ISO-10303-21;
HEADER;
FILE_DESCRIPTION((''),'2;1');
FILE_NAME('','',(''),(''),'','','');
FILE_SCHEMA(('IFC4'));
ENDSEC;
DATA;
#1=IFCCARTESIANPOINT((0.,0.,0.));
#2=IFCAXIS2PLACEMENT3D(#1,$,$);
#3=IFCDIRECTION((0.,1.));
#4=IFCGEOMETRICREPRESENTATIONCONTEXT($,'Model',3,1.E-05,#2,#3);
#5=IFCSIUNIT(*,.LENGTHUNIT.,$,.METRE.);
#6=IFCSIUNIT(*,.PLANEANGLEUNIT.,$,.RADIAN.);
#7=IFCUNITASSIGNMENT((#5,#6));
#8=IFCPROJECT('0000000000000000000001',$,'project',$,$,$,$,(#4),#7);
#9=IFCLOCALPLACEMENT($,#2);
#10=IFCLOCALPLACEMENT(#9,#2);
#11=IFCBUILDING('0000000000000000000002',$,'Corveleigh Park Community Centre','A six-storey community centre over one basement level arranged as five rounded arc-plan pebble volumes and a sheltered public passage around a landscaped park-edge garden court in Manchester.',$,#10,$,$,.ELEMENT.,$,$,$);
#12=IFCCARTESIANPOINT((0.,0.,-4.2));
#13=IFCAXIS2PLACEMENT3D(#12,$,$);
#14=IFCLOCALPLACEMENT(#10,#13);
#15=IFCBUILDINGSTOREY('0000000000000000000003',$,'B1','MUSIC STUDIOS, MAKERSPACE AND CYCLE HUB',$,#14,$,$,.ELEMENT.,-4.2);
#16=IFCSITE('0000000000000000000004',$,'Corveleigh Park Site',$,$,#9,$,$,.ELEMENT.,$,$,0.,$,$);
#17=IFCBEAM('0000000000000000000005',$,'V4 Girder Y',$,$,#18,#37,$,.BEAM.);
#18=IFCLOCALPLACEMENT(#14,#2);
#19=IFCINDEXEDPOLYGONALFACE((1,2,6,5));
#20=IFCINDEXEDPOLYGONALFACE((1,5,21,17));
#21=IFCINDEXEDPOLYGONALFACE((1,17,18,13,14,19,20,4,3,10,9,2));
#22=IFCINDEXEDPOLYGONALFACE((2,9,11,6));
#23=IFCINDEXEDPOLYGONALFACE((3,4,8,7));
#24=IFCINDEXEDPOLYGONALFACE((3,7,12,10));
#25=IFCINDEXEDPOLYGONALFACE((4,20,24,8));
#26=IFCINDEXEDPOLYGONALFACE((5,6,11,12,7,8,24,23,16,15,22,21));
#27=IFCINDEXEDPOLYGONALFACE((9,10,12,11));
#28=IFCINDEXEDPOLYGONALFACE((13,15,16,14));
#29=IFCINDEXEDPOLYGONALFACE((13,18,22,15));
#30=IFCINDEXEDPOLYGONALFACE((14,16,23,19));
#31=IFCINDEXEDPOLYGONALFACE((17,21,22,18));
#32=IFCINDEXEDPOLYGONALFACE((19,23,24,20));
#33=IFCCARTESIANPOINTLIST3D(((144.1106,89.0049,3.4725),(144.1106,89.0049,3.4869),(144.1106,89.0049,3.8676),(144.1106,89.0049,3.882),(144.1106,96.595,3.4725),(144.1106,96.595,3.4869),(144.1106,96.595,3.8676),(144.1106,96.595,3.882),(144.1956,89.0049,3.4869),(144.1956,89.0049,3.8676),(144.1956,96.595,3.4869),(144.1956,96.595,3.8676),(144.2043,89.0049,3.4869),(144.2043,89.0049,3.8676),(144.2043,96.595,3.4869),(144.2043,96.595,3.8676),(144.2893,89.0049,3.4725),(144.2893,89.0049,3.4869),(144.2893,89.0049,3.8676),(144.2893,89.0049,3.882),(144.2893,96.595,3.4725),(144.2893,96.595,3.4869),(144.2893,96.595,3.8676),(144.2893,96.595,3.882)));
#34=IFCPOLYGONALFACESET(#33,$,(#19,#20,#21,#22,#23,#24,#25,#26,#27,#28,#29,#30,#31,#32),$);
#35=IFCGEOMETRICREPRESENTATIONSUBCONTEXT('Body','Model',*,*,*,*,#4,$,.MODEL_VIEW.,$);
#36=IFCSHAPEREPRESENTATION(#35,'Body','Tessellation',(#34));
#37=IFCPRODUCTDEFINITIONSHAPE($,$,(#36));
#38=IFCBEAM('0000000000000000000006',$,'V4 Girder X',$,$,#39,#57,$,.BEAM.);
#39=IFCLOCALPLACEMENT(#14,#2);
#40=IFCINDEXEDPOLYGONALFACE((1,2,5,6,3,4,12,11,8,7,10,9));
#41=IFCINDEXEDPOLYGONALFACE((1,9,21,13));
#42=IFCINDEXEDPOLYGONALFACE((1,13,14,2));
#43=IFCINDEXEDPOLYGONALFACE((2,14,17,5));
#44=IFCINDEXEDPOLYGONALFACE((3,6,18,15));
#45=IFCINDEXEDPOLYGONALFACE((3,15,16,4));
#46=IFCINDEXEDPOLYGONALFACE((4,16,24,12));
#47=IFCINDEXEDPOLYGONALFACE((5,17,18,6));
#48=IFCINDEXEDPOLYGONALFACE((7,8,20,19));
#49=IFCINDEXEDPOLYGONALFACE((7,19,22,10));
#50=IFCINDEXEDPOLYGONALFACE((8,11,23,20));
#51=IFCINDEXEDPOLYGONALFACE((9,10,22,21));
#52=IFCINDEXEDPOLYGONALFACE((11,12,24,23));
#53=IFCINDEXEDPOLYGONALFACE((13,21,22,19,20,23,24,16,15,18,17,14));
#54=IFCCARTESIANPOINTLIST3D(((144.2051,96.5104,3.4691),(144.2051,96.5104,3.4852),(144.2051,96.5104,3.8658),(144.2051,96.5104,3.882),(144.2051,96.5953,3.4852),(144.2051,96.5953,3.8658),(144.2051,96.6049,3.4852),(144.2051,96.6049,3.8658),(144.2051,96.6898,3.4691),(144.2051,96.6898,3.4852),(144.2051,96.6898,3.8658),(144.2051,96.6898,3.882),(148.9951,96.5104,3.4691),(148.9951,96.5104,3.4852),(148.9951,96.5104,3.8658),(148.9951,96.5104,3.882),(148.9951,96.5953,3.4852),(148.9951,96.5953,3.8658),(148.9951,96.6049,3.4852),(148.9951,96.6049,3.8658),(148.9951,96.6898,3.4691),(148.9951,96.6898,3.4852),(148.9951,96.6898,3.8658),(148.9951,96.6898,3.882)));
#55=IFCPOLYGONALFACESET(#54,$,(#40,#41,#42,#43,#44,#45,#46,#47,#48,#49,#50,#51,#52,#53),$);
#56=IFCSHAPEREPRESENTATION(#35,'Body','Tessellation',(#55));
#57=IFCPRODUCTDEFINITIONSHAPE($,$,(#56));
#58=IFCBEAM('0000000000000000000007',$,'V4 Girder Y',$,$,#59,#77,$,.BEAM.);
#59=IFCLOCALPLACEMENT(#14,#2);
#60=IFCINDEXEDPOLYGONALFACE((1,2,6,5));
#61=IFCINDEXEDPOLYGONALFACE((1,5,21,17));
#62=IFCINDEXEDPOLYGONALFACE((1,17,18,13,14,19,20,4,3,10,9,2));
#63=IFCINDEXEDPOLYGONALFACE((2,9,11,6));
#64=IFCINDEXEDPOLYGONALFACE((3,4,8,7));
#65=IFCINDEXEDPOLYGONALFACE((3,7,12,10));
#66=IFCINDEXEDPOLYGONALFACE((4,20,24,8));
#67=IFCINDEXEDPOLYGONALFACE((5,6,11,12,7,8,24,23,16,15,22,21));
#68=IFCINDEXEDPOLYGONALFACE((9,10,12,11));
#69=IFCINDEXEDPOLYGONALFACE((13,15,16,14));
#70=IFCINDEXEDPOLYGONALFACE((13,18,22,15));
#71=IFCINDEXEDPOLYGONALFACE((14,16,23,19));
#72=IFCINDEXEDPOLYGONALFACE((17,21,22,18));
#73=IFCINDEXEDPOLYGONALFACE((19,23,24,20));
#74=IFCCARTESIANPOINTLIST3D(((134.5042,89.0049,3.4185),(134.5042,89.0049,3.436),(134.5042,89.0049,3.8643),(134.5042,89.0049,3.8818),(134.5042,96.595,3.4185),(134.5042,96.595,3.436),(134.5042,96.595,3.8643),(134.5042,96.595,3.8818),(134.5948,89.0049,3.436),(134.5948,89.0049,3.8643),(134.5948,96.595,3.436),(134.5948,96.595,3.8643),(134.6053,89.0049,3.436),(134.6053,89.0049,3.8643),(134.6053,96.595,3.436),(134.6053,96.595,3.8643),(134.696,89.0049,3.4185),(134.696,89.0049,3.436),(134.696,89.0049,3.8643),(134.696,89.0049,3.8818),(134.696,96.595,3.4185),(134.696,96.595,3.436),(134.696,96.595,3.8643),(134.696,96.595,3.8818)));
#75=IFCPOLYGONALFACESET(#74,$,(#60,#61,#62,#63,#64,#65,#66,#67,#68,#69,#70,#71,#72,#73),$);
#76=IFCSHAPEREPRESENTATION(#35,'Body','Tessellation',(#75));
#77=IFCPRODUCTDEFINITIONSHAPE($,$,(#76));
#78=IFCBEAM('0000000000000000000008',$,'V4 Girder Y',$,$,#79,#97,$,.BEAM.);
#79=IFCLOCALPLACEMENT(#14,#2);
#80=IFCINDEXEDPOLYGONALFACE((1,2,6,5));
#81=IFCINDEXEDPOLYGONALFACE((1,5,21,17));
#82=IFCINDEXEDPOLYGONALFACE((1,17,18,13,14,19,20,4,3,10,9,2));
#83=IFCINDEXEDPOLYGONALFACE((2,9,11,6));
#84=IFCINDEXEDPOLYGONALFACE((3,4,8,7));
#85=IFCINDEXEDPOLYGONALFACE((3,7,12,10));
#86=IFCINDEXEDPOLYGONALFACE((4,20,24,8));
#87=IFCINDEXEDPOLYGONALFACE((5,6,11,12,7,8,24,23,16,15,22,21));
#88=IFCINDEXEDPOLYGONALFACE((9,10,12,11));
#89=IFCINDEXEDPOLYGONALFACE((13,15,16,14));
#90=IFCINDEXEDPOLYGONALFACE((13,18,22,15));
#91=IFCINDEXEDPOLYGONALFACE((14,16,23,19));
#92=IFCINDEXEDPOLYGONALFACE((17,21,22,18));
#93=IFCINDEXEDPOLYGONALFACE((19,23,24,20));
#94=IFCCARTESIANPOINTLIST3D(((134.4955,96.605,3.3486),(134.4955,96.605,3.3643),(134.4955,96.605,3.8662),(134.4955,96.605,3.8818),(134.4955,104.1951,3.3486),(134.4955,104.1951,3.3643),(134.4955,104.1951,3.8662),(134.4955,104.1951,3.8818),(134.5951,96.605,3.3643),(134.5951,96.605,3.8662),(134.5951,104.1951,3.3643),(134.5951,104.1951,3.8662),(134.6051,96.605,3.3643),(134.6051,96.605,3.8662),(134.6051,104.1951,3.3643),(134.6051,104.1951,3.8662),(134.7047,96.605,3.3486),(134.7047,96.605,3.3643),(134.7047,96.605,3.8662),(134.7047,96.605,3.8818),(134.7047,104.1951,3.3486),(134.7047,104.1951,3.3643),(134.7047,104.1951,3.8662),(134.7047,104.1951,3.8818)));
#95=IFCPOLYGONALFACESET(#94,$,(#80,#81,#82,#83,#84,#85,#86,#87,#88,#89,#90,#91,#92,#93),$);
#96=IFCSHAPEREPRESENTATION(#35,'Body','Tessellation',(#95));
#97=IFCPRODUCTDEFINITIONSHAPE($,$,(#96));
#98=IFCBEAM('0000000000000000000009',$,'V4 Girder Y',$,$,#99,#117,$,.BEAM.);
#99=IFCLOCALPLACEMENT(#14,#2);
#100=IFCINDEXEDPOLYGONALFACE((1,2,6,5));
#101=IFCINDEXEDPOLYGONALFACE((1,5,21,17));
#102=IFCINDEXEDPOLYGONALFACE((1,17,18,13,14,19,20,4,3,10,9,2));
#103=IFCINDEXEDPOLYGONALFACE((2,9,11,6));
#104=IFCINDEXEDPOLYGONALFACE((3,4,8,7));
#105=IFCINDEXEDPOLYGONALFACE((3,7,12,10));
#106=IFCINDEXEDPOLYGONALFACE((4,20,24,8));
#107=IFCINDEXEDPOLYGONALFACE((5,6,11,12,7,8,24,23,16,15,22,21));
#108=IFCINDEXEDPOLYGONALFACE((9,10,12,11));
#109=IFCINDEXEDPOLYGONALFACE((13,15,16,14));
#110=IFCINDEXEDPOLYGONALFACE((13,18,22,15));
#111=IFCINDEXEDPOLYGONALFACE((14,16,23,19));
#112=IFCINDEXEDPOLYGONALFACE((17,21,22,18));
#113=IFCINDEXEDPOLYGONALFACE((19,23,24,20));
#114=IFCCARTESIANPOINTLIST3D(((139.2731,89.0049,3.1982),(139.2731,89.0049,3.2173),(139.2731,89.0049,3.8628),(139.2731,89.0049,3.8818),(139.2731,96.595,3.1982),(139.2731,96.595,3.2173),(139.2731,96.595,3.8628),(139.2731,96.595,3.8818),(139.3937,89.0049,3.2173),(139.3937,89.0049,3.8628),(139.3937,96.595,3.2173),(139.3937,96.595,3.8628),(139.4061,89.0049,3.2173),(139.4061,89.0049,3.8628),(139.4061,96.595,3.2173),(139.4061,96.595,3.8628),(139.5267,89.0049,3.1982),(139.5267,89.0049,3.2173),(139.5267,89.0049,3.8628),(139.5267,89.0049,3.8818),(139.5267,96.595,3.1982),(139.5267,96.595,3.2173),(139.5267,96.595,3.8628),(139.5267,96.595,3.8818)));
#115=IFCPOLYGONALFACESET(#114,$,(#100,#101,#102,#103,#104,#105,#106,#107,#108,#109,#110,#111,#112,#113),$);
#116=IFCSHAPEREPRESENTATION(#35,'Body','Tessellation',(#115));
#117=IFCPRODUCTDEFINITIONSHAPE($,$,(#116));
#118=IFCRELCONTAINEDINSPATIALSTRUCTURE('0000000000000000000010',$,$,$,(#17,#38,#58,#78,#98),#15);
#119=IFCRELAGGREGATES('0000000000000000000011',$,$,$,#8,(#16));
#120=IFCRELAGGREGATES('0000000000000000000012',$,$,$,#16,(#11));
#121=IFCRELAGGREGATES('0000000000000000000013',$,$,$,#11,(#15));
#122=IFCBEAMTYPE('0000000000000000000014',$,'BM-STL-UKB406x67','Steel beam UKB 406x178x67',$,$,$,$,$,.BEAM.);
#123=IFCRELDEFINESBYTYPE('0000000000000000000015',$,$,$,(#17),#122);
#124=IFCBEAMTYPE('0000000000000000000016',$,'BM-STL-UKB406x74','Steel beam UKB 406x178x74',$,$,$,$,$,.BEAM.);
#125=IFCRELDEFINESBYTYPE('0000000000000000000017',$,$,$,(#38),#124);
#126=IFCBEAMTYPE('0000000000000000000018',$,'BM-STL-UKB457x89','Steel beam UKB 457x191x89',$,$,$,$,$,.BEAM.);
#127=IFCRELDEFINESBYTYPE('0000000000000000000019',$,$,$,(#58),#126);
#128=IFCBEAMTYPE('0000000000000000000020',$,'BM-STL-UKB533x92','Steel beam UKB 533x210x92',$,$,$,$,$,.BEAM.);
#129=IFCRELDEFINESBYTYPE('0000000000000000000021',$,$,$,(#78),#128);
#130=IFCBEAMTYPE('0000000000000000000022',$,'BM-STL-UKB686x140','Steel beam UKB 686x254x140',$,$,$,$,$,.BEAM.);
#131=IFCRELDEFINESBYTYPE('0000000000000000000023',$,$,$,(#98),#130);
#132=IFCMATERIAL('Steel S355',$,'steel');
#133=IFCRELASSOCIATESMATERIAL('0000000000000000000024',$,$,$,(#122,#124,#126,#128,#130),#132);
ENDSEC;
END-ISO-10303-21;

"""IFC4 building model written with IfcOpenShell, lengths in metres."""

from ifc_helpers import new_model, si_unit, direction, frame, origin, origin_2d, place, context, subcontext, project, spatial, i_section, extrude, material, material_profile, profile_set, type_object, element, save


model = new_model("IFC4")

# Units and contexts
model_context = context("Model", 3, precision=1e-05, world=origin(), true_north=direction((0.0, 1.0)))
body_context = subcontext(model_context, "Body", "Model", "MODEL_VIEW")
ifc_project = project(units=[si_unit("LENGTHUNIT", "METRE"), si_unit("PLANEANGLEUNIT", "RADIAN")], contexts=[model_context])

# Site, building, storey
site_placement = place(None, origin())
site = spatial("IfcSite", under=ifc_project, at=site_placement, Name="Corveleigh Park Site", CompositionType="ELEMENT", RefElevation=0.0)
building_placement = place(site_placement, origin())
building = spatial("IfcBuilding", under=site, at=building_placement, Name="Corveleigh Park Community Centre", Description="A six-storey community centre over one basement level arranged as five rounded arc-plan pebble volumes and a sheltered public passage around a landscaped park-edge garden court in Manchester.", CompositionType="ELEMENT")
storey_placement = place(building_placement, frame((0.0, 0.0, -4.2)))
storey = spatial("IfcBuildingStorey", under=building, at=storey_placement, Name="B1", Description="MUSIC STUDIOS, MAKERSPACE AND CYCLE HUB", CompositionType="ELEMENT", Elevation=-4.2)

# Shared definitions
ifc_material_1 = material(Name="Steel S355", Category="steel")

# Beams
ifc_material_profile_1 = material_profile(ifc_material_1, i_section(OverallWidth=0.1787, OverallDepth=0.4094, WebThickness=0.0088, FlangeThickness=0.0144, at=origin_2d()), Name="UKB 406x178x67", Category="steel")
ifc_profile_set_1 = profile_set([ifc_material_profile_1], Name="Steel S355")
beam_type_1 = type_object("IfcBeamType", Name="BM-STL-UKB406x67", Description="Steel beam UKB 406x178x67", PredefinedType="BEAM", material=ifc_profile_set_1)
beam_1_placement = place(storey_placement, frame((144.2, 89.0049, 3.6772), z_axis=(0.0, 1.0, 0.0), x_axis=(-1.0, 0.0, 0.0)))
element("IfcBeam", 1, at=beam_1_placement, inside=storey, type_object=beam_type_1, Name="V4 Girder Y", PredefinedType="BEAM", context=body_context, shape_type="SweptSolid", body=[
    extrude(i_section(OverallWidth=0.1787, OverallDepth=0.4094, WebThickness=0.0088, FlangeThickness=0.0144, at=origin_2d()), origin(), (0.0, 0.0, 1.0), 7.5901),
])
ifc_material_profile_2 = material_profile(ifc_material_1, i_section(OverallWidth=0.1794, OverallDepth=0.4128, WebThickness=0.0095, FlangeThickness=0.0161, at=origin_2d()), Name="UKB 406x178x74", Category="steel")
ifc_profile_set_2 = profile_set([ifc_material_profile_2], Name="Steel S355")
beam_type_2 = type_object("IfcBeamType", Name="BM-STL-UKB406x74", Description="Steel beam UKB 406x178x74", PredefinedType="BEAM", material=ifc_profile_set_2)
beam_2_placement = place(storey_placement, frame((144.2051, 96.6001, 3.6755), z_axis=(1.0, 0.0, 0.0), x_axis=(0.0, 1.0, 0.0)))
element("IfcBeam", 2, at=beam_2_placement, inside=storey, type_object=beam_type_2, Name="V4 Girder X", PredefinedType="BEAM", context=body_context, shape_type="SweptSolid", body=[
    extrude(i_section(OverallWidth=0.1794, OverallDepth=0.4128, WebThickness=0.0095, FlangeThickness=0.0161, at=origin_2d()), origin(), (0.0, 0.0, 1.0), 4.79),
])
ifc_material_profile_3 = material_profile(ifc_material_1, i_section(OverallWidth=0.1919, OverallDepth=0.4634, WebThickness=0.0105, FlangeThickness=0.0176, at=origin_2d()), Name="UKB 457x191x89", Category="steel")
ifc_profile_set_3 = profile_set([ifc_material_profile_3], Name="Steel S355")
beam_type_3 = type_object("IfcBeamType", Name="BM-STL-UKB457x89", Description="Steel beam UKB 457x191x89", PredefinedType="BEAM", material=ifc_profile_set_3)
beam_3_placement = place(storey_placement, frame((134.6001, 89.0049, 3.6501), z_axis=(0.0, 1.0, 0.0), x_axis=(-1.0, 0.0, 0.0)))
element("IfcBeam", 3, at=beam_3_placement, inside=storey, type_object=beam_type_3, Name="V4 Girder Y", PredefinedType="BEAM", context=body_context, shape_type="SweptSolid", body=[
    extrude(i_section(OverallWidth=0.1919, OverallDepth=0.4634, WebThickness=0.0105, FlangeThickness=0.0176, at=origin_2d()), origin(), (0.0, 0.0, 1.0), 7.5901),
])
ifc_material_profile_4 = material_profile(ifc_material_1, i_section(OverallWidth=0.2092, OverallDepth=0.5332, WebThickness=0.01, FlangeThickness=0.0156, at=origin_2d()), Name="UKB 533x210x92", Category="steel")
ifc_profile_set_4 = profile_set([ifc_material_profile_4], Name="Steel S355")
beam_type_4 = type_object("IfcBeamType", Name="BM-STL-UKB533x92", Description="Steel beam UKB 533x210x92", PredefinedType="BEAM", material=ifc_profile_set_4)
beam_4_placement = place(storey_placement, frame((134.6001, 96.605, 3.6152), z_axis=(0.0, 1.0, 0.0), x_axis=(-1.0, 0.0, 0.0)))
element("IfcBeam", 4, at=beam_4_placement, inside=storey, type_object=beam_type_4, Name="V4 Girder Y", PredefinedType="BEAM", context=body_context, shape_type="SweptSolid", body=[
    extrude(i_section(OverallWidth=0.2092, OverallDepth=0.5332, WebThickness=0.01, FlangeThickness=0.0156, at=origin_2d()), origin(), (0.0, 0.0, 1.0), 7.5901),
])
ifc_material_profile_5 = material_profile(ifc_material_1, i_section(OverallWidth=0.2537, OverallDepth=0.6836, WebThickness=0.0125, FlangeThickness=0.019, at=origin_2d()), Name="UKB 686x254x140", Category="steel")
ifc_profile_set_5 = profile_set([ifc_material_profile_5], Name="Steel S355")
beam_type_5 = type_object("IfcBeamType", Name="BM-STL-UKB686x140", Description="Steel beam UKB 686x254x140", PredefinedType="BEAM", material=ifc_profile_set_5)
beam_5_placement = place(storey_placement, frame((139.3999, 89.0049, 3.54), z_axis=(0.0, 1.0, 0.0), x_axis=(-1.0, 0.0, 0.0)))
element("IfcBeam", 5, at=beam_5_placement, inside=storey, type_object=beam_type_5, Name="V4 Girder Y", PredefinedType="BEAM", context=body_context, shape_type="SweptSolid", body=[
    extrude(i_section(OverallWidth=0.2537, OverallDepth=0.6836, WebThickness=0.0125, FlangeThickness=0.019, at=origin_2d()), origin(), (0.0, 0.0, 1.0), 7.5901),
])

save(model, "model.ifc")
